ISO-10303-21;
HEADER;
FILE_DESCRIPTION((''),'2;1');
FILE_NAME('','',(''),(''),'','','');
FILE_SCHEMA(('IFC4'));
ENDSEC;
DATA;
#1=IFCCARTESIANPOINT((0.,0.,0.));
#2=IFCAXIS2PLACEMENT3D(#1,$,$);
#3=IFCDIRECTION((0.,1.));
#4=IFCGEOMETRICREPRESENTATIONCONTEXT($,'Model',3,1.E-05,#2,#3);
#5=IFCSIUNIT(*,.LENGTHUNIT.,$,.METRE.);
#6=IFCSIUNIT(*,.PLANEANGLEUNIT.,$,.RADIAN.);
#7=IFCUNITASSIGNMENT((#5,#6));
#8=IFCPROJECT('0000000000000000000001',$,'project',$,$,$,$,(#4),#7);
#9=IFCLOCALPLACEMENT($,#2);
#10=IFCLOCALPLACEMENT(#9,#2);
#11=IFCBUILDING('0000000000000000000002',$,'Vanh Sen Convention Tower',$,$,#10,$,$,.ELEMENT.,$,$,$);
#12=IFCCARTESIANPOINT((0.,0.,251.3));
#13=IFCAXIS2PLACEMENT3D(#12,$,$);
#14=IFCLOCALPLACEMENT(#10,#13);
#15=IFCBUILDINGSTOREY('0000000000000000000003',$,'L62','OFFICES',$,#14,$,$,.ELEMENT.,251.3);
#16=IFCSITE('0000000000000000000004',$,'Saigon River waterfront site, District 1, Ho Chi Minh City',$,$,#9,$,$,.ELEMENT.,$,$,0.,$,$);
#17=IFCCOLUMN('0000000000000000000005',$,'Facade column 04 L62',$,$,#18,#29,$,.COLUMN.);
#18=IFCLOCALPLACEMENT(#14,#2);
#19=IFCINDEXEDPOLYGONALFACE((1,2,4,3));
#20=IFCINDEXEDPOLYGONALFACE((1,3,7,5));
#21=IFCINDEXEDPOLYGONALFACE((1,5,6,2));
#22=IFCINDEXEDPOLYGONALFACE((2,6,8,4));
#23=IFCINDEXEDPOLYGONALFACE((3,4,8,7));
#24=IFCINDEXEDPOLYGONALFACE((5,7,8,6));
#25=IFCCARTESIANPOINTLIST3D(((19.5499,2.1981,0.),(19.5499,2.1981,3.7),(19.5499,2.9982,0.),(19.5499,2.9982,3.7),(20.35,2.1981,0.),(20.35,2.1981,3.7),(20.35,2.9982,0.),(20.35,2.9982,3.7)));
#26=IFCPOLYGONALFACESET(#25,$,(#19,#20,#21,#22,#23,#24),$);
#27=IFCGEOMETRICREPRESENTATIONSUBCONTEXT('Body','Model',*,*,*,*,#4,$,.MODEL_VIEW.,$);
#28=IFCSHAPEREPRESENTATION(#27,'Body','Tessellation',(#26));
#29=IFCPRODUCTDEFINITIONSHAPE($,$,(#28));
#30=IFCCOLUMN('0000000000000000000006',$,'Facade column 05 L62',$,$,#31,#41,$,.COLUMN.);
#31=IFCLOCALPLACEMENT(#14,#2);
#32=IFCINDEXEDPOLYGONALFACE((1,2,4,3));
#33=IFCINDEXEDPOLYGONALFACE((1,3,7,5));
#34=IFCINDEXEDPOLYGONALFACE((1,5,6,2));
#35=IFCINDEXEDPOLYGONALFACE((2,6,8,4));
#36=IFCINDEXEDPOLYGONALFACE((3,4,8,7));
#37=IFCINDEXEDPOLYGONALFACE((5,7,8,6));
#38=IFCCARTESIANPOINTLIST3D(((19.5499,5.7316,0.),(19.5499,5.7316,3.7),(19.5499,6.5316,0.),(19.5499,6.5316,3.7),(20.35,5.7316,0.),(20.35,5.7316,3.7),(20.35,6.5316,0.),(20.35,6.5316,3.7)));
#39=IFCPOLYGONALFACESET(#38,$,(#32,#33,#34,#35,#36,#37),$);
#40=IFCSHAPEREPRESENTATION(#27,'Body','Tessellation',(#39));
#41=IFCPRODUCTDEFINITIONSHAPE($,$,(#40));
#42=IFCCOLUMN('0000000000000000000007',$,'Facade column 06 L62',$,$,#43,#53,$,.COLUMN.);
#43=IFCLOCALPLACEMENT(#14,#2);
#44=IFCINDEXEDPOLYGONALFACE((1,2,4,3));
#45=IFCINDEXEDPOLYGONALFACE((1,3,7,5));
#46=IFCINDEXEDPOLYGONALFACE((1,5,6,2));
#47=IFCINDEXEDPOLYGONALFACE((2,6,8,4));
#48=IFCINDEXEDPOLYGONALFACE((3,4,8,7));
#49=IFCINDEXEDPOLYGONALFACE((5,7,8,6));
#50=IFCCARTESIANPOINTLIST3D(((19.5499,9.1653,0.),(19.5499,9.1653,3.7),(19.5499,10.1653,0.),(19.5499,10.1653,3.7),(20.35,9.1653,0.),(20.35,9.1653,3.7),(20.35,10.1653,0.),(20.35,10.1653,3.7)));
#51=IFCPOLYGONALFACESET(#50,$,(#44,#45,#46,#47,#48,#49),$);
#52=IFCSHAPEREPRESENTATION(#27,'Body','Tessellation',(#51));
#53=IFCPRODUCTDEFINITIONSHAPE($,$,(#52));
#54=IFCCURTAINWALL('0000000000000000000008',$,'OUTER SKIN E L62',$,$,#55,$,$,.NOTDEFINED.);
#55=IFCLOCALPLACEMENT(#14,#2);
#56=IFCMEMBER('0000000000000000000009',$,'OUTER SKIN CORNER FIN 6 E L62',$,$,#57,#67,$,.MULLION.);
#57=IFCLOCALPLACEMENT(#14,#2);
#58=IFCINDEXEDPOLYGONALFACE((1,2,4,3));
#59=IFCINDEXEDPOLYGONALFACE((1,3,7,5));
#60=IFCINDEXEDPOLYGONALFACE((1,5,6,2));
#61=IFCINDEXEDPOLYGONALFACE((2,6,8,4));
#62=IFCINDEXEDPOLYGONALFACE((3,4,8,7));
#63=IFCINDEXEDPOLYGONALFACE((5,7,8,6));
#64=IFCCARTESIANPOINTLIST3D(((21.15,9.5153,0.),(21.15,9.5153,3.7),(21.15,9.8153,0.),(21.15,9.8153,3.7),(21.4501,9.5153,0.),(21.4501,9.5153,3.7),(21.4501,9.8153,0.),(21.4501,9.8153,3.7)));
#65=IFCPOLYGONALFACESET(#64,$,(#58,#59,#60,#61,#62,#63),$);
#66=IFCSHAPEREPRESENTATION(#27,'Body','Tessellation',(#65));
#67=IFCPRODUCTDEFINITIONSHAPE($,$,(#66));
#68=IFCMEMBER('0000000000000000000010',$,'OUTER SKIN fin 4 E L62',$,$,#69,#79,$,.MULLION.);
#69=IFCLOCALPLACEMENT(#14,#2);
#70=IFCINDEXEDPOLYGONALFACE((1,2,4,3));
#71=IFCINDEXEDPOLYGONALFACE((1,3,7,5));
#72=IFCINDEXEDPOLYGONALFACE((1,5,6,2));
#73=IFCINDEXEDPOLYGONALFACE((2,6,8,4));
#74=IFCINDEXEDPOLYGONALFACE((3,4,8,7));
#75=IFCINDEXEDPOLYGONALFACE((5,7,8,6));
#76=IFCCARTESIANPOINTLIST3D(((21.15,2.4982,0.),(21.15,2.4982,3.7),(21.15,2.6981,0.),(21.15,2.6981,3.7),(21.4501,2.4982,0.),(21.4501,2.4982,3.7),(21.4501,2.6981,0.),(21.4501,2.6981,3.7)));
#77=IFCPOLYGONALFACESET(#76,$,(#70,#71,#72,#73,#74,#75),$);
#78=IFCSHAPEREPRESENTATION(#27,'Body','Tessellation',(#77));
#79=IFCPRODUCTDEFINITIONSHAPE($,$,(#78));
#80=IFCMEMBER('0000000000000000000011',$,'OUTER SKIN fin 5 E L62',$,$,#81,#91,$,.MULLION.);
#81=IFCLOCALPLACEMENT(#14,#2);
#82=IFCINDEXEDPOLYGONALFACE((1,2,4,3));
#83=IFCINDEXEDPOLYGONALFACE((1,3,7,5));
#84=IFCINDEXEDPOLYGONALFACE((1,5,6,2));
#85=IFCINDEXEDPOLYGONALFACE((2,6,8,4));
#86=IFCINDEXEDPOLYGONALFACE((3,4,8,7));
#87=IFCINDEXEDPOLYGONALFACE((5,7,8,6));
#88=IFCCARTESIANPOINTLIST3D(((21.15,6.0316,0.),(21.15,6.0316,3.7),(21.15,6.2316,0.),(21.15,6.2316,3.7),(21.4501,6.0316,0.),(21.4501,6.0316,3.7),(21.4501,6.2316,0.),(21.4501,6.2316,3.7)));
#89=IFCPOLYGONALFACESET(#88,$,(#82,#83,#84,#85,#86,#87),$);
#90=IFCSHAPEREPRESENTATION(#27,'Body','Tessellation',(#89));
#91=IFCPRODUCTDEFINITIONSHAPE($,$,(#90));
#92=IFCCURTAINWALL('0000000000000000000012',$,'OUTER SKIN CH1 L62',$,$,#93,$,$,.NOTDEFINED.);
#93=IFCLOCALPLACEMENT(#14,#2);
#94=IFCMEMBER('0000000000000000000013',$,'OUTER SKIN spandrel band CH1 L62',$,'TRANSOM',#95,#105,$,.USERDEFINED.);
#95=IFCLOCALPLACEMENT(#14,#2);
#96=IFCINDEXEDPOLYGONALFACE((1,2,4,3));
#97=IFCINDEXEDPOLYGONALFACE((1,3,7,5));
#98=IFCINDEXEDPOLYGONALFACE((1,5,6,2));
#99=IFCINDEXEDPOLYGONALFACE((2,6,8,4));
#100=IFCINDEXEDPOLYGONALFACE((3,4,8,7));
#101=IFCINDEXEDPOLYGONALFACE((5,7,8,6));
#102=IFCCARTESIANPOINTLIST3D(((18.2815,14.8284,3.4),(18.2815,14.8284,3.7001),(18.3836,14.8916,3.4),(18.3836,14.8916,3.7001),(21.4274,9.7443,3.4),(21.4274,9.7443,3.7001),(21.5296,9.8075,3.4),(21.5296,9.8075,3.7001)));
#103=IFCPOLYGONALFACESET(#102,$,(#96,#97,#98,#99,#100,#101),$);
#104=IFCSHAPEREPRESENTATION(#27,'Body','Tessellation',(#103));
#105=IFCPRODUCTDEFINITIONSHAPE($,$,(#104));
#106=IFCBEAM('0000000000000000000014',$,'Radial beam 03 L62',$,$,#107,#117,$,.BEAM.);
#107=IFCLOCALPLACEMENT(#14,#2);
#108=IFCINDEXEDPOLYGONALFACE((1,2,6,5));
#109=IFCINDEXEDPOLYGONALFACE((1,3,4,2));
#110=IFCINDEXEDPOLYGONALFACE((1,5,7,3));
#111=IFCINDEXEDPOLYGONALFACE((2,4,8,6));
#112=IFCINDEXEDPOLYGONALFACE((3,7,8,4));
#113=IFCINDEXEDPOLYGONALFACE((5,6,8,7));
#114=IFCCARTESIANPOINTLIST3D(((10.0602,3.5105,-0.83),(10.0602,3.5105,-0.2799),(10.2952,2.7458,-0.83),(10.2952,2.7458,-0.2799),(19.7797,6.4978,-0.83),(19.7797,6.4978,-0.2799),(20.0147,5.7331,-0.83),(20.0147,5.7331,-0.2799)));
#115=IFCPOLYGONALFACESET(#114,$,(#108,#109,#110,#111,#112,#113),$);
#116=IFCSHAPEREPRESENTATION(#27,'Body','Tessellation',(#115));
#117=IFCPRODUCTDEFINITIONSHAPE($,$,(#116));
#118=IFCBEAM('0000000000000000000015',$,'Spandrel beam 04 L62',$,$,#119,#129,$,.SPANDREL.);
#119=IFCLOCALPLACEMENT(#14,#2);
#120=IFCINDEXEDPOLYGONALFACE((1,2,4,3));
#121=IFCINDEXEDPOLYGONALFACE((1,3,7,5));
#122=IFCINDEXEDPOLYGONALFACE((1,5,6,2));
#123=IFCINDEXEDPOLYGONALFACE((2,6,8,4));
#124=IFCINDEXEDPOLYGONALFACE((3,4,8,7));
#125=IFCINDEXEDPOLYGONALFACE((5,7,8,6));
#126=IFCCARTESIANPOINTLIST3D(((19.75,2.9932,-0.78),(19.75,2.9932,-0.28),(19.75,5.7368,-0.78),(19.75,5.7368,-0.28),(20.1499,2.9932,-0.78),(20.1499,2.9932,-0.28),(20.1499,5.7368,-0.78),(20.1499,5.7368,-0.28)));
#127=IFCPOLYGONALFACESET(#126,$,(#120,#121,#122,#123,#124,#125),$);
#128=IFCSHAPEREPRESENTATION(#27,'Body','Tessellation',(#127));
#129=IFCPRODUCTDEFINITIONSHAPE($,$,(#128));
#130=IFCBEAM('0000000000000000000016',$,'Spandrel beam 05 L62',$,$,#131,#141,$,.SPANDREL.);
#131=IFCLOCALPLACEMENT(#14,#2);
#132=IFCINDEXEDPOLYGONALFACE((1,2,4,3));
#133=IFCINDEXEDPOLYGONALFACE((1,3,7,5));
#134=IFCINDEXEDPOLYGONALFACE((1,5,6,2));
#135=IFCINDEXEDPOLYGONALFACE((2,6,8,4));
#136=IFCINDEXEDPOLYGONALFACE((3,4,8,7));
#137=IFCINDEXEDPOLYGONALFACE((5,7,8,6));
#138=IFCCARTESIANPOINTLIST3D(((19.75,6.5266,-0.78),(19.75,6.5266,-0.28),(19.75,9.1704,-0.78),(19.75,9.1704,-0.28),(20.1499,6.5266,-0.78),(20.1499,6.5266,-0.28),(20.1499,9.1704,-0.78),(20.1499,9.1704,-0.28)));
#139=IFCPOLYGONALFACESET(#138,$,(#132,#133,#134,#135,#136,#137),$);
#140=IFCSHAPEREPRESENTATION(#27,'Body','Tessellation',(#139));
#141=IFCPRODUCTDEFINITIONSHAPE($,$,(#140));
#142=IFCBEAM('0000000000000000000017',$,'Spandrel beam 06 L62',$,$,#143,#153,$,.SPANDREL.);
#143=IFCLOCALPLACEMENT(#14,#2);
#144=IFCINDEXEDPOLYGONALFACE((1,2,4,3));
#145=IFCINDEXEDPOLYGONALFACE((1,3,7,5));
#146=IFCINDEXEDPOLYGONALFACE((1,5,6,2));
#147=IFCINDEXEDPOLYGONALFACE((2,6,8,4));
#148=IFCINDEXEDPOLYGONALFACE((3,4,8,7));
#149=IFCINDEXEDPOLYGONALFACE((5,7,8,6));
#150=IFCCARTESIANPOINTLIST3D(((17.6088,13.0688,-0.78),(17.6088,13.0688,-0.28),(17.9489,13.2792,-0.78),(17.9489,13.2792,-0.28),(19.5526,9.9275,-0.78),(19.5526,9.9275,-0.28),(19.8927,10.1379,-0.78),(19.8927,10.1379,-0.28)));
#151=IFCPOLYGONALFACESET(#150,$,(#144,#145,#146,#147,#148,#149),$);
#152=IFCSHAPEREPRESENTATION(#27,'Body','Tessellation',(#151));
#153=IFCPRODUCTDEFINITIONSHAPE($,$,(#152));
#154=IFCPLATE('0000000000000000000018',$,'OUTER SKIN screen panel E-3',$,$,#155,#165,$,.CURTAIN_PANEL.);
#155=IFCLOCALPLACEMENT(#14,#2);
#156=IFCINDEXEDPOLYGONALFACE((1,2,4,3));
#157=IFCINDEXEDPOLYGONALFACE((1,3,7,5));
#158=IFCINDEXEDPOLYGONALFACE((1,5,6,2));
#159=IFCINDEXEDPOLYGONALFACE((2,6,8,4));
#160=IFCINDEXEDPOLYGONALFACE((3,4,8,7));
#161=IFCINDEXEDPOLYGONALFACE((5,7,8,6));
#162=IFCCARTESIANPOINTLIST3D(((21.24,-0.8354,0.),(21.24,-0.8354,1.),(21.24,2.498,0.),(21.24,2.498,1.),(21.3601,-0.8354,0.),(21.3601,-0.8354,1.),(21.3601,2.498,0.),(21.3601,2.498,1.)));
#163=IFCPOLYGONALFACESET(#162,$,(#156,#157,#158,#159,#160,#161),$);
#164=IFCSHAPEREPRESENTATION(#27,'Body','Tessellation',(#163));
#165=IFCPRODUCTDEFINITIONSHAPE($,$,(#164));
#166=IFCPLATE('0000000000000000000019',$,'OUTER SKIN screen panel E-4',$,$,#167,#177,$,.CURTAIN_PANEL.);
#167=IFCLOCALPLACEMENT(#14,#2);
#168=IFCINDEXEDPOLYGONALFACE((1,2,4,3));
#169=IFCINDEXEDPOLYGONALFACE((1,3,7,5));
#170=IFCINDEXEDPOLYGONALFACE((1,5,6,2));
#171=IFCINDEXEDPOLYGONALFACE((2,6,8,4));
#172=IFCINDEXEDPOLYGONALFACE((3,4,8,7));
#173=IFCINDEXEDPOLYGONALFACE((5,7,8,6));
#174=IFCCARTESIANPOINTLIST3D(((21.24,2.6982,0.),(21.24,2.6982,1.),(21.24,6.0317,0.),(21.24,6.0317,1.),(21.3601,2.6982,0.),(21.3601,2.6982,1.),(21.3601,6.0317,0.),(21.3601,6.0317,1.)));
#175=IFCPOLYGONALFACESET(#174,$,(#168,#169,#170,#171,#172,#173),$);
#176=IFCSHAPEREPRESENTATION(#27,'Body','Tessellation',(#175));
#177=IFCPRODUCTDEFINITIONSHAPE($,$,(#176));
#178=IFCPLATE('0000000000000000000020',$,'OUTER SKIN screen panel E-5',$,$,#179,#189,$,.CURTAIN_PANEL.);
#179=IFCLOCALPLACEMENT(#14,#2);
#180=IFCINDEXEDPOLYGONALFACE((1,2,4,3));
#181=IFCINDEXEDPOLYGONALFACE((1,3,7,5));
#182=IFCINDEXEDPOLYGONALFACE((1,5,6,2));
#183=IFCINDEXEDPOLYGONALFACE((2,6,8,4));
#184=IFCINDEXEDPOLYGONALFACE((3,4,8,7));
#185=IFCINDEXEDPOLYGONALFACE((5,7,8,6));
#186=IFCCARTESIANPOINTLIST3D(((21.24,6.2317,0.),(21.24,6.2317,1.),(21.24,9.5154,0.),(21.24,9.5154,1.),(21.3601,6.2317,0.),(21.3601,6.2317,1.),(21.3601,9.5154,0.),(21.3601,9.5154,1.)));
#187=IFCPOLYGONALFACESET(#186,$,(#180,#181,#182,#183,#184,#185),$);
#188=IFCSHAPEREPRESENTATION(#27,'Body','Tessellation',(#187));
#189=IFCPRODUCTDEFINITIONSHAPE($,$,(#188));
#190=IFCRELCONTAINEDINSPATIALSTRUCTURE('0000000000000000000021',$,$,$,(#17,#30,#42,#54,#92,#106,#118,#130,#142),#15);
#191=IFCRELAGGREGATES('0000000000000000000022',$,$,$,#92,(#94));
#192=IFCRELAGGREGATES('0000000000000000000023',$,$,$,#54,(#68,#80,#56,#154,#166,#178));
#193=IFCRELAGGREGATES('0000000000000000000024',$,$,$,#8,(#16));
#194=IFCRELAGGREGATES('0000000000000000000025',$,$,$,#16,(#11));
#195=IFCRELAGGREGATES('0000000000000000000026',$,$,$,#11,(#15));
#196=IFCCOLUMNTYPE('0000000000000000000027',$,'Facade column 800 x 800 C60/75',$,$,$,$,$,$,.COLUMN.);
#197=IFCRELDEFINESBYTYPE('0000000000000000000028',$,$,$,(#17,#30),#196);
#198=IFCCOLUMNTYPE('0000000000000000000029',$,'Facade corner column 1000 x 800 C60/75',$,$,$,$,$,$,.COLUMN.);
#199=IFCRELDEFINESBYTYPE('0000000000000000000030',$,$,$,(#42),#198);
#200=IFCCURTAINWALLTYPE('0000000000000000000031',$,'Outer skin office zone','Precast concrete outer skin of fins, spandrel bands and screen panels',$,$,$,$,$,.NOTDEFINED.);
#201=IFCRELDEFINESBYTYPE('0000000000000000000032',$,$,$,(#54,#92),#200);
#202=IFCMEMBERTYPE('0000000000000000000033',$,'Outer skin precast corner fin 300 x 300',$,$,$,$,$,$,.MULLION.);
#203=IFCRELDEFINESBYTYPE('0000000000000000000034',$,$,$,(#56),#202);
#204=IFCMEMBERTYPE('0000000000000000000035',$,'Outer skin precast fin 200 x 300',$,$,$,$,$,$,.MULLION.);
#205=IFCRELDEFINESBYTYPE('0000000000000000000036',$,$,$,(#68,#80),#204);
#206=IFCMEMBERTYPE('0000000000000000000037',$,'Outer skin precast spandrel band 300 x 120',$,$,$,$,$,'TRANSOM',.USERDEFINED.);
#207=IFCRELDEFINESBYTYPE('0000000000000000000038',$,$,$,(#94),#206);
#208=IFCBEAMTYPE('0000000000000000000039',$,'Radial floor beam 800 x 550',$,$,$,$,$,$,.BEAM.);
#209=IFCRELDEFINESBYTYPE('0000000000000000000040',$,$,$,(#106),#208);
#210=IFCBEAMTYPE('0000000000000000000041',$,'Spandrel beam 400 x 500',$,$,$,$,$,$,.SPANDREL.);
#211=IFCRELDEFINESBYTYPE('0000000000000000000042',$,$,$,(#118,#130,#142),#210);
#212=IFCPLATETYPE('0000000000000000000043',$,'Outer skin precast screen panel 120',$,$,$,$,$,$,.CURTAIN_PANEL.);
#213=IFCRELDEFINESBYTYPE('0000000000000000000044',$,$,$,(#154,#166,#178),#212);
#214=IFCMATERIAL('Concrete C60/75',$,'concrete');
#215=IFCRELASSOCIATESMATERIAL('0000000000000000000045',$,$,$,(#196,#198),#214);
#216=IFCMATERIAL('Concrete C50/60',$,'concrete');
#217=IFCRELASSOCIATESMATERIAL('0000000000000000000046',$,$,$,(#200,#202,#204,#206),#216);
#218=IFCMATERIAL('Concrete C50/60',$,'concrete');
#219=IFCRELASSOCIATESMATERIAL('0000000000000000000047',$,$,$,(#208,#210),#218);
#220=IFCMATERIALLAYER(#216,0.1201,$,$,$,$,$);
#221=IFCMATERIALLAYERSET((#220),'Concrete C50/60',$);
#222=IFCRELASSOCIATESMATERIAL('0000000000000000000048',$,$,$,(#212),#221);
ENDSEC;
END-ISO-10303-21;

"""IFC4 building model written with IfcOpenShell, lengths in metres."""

from ifc_helpers import new_model, si_unit, direction, frame, origin, origin_2d, place, context, subcontext, project, spatial, rectangle, extrude, material, layer, layer_set, material_profile, profile_set, type_object, element, aggregate, save


model = new_model("IFC4")

# Units and contexts
model_context = context("Model", 3, precision=1e-05, world=origin(), true_north=direction((0.0, 1.0)))
body_context = subcontext(model_context, "Body", "Model", "MODEL_VIEW")
ifc_project = project(units=[si_unit("LENGTHUNIT", "METRE"), si_unit("PLANEANGLEUNIT", "RADIAN")], contexts=[model_context])

# Site, building, storey
site_placement = place(None, origin())
site = spatial("IfcSite", under=ifc_project, at=site_placement, Name="Saigon River waterfront site, District 1, Ho Chi Minh City", CompositionType="ELEMENT", RefElevation=0.0)
building_placement = place(site_placement, origin())
building = spatial("IfcBuilding", under=site, at=building_placement, Name="Vanh Sen Convention Tower", CompositionType="ELEMENT")
storey_placement = place(building_placement, frame((0.0, 0.0, 251.3)))
storey = spatial("IfcBuildingStorey", under=building, at=storey_placement, Name="L62", Description="OFFICES", CompositionType="ELEMENT", Elevation=251.3)

# Columns
ifc_material_1 = material(Name="Concrete C60/75", Category="concrete")
ifc_material_profile_1 = material_profile(ifc_material_1, rectangle(XDim=0.8, YDim=0.8, at=origin_2d()), Name="RC 800X800")
ifc_profile_set_1 = profile_set([ifc_material_profile_1], Name="Concrete C60/75")
column_type_1 = type_object("IfcColumnType", Name="Facade column 800 x 800 C60/75", PredefinedType="COLUMN", material=ifc_profile_set_1)
for number, where, z_axis, x_axis, name in (
    (1, (19.95, 2.5981, 0.0), (0.0, 0.0, 1.0), (0.0, 1.0, 0.0), "Facade column 04 L62"),
    (2, (19.95, 6.1316, 0.0), (0.0, 0.0, 1.0), (0.0, 1.0, 0.0), "Facade column 05 L62"),
):
    element("IfcColumn", number, at=place(storey_placement, frame(where, z_axis=z_axis, x_axis=x_axis)), inside=storey, type_object=column_type_1, Name=name, PredefinedType="COLUMN", context=body_context, shape_type="SweptSolid", body=[
        extrude(rectangle(XDim=0.8, YDim=0.8, at=origin_2d()), origin(), (0.0, 0.0, 1.0), 3.7),
    ])
ifc_material_profile_2 = material_profile(ifc_material_1, rectangle(XDim=1.0, YDim=0.8, at=origin_2d()), Name="RC 1000X800")
ifc_profile_set_2 = profile_set([ifc_material_profile_2], Name="Concrete C60/75")
column_type_2 = type_object("IfcColumnType", Name="Facade corner column 1000 x 800 C60/75", PredefinedType="COLUMN", material=ifc_profile_set_2)
column_placement = place(storey_placement, frame((19.95, 9.6653, 0.0), z_axis=(0.0, 0.0, 1.0), x_axis=(0.0, 1.0, 0.0)))
element("IfcColumn", 3, at=column_placement, inside=storey, type_object=column_type_2, Name="Facade column 06 L62", PredefinedType="COLUMN", context=body_context, shape_type="SweptSolid", body=[
    extrude(rectangle(XDim=1.0, YDim=0.8, at=origin_2d()), origin(), (0.0, 0.0, 1.0), 3.7),
])

# Curtain wall, members
ifc_material_2 = material(Name="Concrete C50/60", Category="concrete")
curtain_wall_type = type_object("IfcCurtainWallType", Name="Outer skin office zone", Description="Precast concrete outer skin of fins, spandrel bands and screen panels", PredefinedType="NOTDEFINED", material=ifc_material_2)
curtain_wall_1_placement = place(storey_placement, origin())
curtain_wall_1 = element("IfcCurtainWall", 4, at=curtain_wall_1_placement, inside=storey, type_object=curtain_wall_type, Name="OUTER SKIN E L62", PredefinedType="NOTDEFINED")
ifc_material_profile_3 = material_profile(ifc_material_2, rectangle(XDim=0.3, YDim=0.3, at=origin_2d()), Name="Outer skin precast corner fin 300 x 300")
ifc_profile_set_3 = profile_set([ifc_material_profile_3], Name="Concrete C50/60")
member_type_1 = type_object("IfcMemberType", Name="Outer skin precast corner fin 300 x 300", PredefinedType="MULLION", material=ifc_profile_set_3)
member_1_placement = place(storey_placement, frame((21.3, 9.6653, 0.0), z_axis=(0.0, 0.0, 1.0), x_axis=(0.0, 1.0, 0.0)))
member_1 = element("IfcMember", 5, at=member_1_placement, type_object=member_type_1, Name="OUTER SKIN CORNER FIN 6 E L62", PredefinedType="MULLION", context=body_context, shape_type="SweptSolid", body=[
    extrude(rectangle(XDim=0.3, YDim=0.3, at=origin_2d()), origin(), (0.0, 0.0, 1.0), 3.7),
])
ifc_material_profile_4 = material_profile(ifc_material_2, rectangle(XDim=0.2, YDim=0.3, at=origin_2d()), Name="Outer skin precast fin 200 x 300")
ifc_profile_set_4 = profile_set([ifc_material_profile_4], Name="Concrete C50/60")
member_type_2 = type_object("IfcMemberType", Name="Outer skin precast fin 200 x 300", PredefinedType="MULLION", material=ifc_profile_set_4)
member_2_placement = place(storey_placement, frame((21.3, 2.5981, 0.0), z_axis=(0.0, 0.0, 1.0), x_axis=(0.0, 1.0, 0.0)))
member_2 = element("IfcMember", 6, at=member_2_placement, type_object=member_type_2, Name="OUTER SKIN fin 4 E L62", PredefinedType="MULLION", context=body_context, shape_type="SweptSolid", body=[
    extrude(rectangle(XDim=0.2, YDim=0.3, at=origin_2d()), origin(), (0.0, 0.0, 1.0), 3.7),
])
member_3_placement = place(storey_placement, frame((21.3, 6.1316, 0.0), z_axis=(0.0, 0.0, 1.0), x_axis=(0.0, 1.0, 0.0)))
member_3 = element("IfcMember", 7, at=member_3_placement, type_object=member_type_2, Name="OUTER SKIN fin 5 E L62", PredefinedType="MULLION", context=body_context, shape_type="SweptSolid", body=[
    extrude(rectangle(XDim=0.2, YDim=0.3, at=origin_2d()), origin(), (0.0, 0.0, 1.0), 3.7),
])

# Curtain wall, member
curtain_wall_2_placement = place(storey_placement, origin())
curtain_wall_2 = element("IfcCurtainWall", 8, at=curtain_wall_2_placement, inside=storey, type_object=curtain_wall_type, Name="OUTER SKIN CH1 L62", PredefinedType="NOTDEFINED")
ifc_material_profile_5 = material_profile(ifc_material_2, rectangle(XDim=0.1201, YDim=0.3, at=origin_2d()), Name="Outer skin precast spandrel band 300 x 120")
ifc_profile_set_5 = profile_set([ifc_material_profile_5], Name="Concrete C50/60")
member_type_3 = type_object("IfcMemberType", Name="Outer skin precast spandrel band 300 x 120", ElementType="TRANSOM", PredefinedType="USERDEFINED", material=ifc_profile_set_5)
member_4_placement = place(storey_placement, frame((21.4785, 9.7759, 3.55), z_axis=(-0.526187, 0.850369, 0.0), x_axis=(-0.850369, -0.526187, 0.0)))
member_4 = element("IfcMember", 9, at=member_4_placement, type_object=member_type_3, Name="OUTER SKIN spandrel band CH1 L62", ObjectType="TRANSOM", PredefinedType="USERDEFINED", context=body_context, shape_type="SweptSolid", body=[
    extrude(rectangle(XDim=0.1201, YDim=0.3, at=origin_2d()), origin(), (0.0, 0.0, 1.0), 5.9788),
])
aggregate(curtain_wall_2, [member_4])

# Beams
ifc_material_3 = material(Name="Concrete C50/60", Category="concrete")
ifc_material_profile_6 = material_profile(ifc_material_3, rectangle(XDim=0.8, YDim=0.55, at=origin_2d()), Name="RC 800X550")
ifc_profile_set_6 = profile_set([ifc_material_profile_6], Name="Concrete C50/60")
beam_type_1 = type_object("IfcBeamType", Name="Radial floor beam 800 x 550", PredefinedType="BEAM", material=ifc_profile_set_6)
beam_1_placement = place(storey_placement, frame((19.8972, 6.1155, -0.5549), z_axis=(-0.95587, -0.293789, 0.0), x_axis=(0.293789, -0.95587, 0.0)))
element("IfcBeam", 10, at=beam_1_placement, inside=storey, type_object=beam_type_1, Name="Radial beam 03 L62", PredefinedType="BEAM", context=body_context, shape_type="SweptSolid", body=[
    extrude(rectangle(XDim=0.8, YDim=0.55, at=origin_2d()), origin(), (0.0, 0.0, 1.0), 10.1682),
])
ifc_material_profile_7 = material_profile(ifc_material_3, rectangle(XDim=0.3999, YDim=0.5, at=origin_2d()), Name="RC 400X500")
ifc_profile_set_7 = profile_set([ifc_material_profile_7], Name="Concrete C50/60")
beam_type_2 = type_object("IfcBeamType", Name="Spandrel beam 400 x 500", PredefinedType="SPANDREL", material=ifc_profile_set_7)
beam_2_placement = place(storey_placement, frame((19.95, 2.9932, -0.53), z_axis=(0.0, 1.0, 0.0), x_axis=(-1.0, 0.0, 0.0)))
element("IfcBeam", 11, at=beam_2_placement, inside=storey, type_object=beam_type_2, Name="Spandrel beam 04 L62", PredefinedType="SPANDREL", context=body_context, shape_type="SweptSolid", body=[
    extrude(rectangle(XDim=0.3999, YDim=0.5, at=origin_2d()), origin(), (0.0, 0.0, 1.0), 2.7437),
])
beam_3_placement = place(storey_placement, frame((19.95, 6.5266, -0.53), z_axis=(0.0, 1.0, 0.0), x_axis=(-1.0, 0.0, 0.0)))
element("IfcBeam", 12, at=beam_3_placement, inside=storey, type_object=beam_type_2, Name="Spandrel beam 05 L62", PredefinedType="SPANDREL", context=body_context, shape_type="SweptSolid", body=[
    extrude(rectangle(XDim=0.3999, YDim=0.5, at=origin_2d()), origin(), (0.0, 0.0, 1.0), 2.6438),
])
beam_4_placement = place(storey_placement, frame((19.7227, 10.0327, -0.53), z_axis=(-0.526198, 0.850362, 0.0), x_axis=(-0.850362, -0.526198, 0.0)))
element("IfcBeam", 13, at=beam_4_placement, inside=storey, type_object=beam_type_2, Name="Spandrel beam 06 L62", PredefinedType="SPANDREL", context=body_context, shape_type="SweptSolid", body=[
    extrude(rectangle(XDim=0.3999, YDim=0.5, at=origin_2d()), origin(), (0.0, 0.0, 1.0), 3.6941),
])

# Plates
ifc_layer_1 = layer(ifc_material_2, 0.1201)
ifc_layer_set_1 = layer_set([ifc_layer_1], Name="Concrete C50/60")
plate_type = type_object("IfcPlateType", Name="Outer skin precast screen panel 120", PredefinedType="CURTAIN_PANEL", material=ifc_layer_set_1)
plate_1_placement = place(storey_placement, frame((21.3, 0.8313, 0.0), z_axis=(0.0, 0.0, 1.0), x_axis=(0.0, 1.0, 0.0)))
plate_1 = element("IfcPlate", 14, at=plate_1_placement, type_object=plate_type, Name="OUTER SKIN screen panel E-3", PredefinedType="CURTAIN_PANEL", context=body_context, shape_type="SweptSolid", body=[
    extrude(rectangle(XDim=3.3335, YDim=0.1201, at=origin_2d()), origin(), (0.0, 0.0, 1.0), 1.0),
])
plate_2_placement = place(storey_placement, frame((21.3, 4.365, 0.0), z_axis=(0.0, 0.0, 1.0), x_axis=(0.0, 1.0, 0.0)))
plate_2 = element("IfcPlate", 15, at=plate_2_placement, type_object=plate_type, Name="OUTER SKIN screen panel E-4", PredefinedType="CURTAIN_PANEL", context=body_context, shape_type="SweptSolid", body=[
    extrude(rectangle(XDim=3.3335, YDim=0.1201, at=origin_2d()), origin(), (0.0, 0.0, 1.0), 1.0),
])
plate_3_placement = place(storey_placement, frame((21.3, 7.8735, 0.0), z_axis=(0.0, 0.0, 1.0), x_axis=(0.0, 1.0, 0.0)))
plate_3 = element("IfcPlate", 16, at=plate_3_placement, type_object=plate_type, Name="OUTER SKIN screen panel E-5", PredefinedType="CURTAIN_PANEL", context=body_context, shape_type="SweptSolid", body=[
    extrude(rectangle(XDim=3.2837, YDim=0.1201, at=origin_2d()), origin(), (0.0, 0.0, 1.0), 1.0),
])
aggregate(curtain_wall_1, [member_2, member_3, member_1, plate_1, plate_2, plate_3])

save(model, "model.ifc")
